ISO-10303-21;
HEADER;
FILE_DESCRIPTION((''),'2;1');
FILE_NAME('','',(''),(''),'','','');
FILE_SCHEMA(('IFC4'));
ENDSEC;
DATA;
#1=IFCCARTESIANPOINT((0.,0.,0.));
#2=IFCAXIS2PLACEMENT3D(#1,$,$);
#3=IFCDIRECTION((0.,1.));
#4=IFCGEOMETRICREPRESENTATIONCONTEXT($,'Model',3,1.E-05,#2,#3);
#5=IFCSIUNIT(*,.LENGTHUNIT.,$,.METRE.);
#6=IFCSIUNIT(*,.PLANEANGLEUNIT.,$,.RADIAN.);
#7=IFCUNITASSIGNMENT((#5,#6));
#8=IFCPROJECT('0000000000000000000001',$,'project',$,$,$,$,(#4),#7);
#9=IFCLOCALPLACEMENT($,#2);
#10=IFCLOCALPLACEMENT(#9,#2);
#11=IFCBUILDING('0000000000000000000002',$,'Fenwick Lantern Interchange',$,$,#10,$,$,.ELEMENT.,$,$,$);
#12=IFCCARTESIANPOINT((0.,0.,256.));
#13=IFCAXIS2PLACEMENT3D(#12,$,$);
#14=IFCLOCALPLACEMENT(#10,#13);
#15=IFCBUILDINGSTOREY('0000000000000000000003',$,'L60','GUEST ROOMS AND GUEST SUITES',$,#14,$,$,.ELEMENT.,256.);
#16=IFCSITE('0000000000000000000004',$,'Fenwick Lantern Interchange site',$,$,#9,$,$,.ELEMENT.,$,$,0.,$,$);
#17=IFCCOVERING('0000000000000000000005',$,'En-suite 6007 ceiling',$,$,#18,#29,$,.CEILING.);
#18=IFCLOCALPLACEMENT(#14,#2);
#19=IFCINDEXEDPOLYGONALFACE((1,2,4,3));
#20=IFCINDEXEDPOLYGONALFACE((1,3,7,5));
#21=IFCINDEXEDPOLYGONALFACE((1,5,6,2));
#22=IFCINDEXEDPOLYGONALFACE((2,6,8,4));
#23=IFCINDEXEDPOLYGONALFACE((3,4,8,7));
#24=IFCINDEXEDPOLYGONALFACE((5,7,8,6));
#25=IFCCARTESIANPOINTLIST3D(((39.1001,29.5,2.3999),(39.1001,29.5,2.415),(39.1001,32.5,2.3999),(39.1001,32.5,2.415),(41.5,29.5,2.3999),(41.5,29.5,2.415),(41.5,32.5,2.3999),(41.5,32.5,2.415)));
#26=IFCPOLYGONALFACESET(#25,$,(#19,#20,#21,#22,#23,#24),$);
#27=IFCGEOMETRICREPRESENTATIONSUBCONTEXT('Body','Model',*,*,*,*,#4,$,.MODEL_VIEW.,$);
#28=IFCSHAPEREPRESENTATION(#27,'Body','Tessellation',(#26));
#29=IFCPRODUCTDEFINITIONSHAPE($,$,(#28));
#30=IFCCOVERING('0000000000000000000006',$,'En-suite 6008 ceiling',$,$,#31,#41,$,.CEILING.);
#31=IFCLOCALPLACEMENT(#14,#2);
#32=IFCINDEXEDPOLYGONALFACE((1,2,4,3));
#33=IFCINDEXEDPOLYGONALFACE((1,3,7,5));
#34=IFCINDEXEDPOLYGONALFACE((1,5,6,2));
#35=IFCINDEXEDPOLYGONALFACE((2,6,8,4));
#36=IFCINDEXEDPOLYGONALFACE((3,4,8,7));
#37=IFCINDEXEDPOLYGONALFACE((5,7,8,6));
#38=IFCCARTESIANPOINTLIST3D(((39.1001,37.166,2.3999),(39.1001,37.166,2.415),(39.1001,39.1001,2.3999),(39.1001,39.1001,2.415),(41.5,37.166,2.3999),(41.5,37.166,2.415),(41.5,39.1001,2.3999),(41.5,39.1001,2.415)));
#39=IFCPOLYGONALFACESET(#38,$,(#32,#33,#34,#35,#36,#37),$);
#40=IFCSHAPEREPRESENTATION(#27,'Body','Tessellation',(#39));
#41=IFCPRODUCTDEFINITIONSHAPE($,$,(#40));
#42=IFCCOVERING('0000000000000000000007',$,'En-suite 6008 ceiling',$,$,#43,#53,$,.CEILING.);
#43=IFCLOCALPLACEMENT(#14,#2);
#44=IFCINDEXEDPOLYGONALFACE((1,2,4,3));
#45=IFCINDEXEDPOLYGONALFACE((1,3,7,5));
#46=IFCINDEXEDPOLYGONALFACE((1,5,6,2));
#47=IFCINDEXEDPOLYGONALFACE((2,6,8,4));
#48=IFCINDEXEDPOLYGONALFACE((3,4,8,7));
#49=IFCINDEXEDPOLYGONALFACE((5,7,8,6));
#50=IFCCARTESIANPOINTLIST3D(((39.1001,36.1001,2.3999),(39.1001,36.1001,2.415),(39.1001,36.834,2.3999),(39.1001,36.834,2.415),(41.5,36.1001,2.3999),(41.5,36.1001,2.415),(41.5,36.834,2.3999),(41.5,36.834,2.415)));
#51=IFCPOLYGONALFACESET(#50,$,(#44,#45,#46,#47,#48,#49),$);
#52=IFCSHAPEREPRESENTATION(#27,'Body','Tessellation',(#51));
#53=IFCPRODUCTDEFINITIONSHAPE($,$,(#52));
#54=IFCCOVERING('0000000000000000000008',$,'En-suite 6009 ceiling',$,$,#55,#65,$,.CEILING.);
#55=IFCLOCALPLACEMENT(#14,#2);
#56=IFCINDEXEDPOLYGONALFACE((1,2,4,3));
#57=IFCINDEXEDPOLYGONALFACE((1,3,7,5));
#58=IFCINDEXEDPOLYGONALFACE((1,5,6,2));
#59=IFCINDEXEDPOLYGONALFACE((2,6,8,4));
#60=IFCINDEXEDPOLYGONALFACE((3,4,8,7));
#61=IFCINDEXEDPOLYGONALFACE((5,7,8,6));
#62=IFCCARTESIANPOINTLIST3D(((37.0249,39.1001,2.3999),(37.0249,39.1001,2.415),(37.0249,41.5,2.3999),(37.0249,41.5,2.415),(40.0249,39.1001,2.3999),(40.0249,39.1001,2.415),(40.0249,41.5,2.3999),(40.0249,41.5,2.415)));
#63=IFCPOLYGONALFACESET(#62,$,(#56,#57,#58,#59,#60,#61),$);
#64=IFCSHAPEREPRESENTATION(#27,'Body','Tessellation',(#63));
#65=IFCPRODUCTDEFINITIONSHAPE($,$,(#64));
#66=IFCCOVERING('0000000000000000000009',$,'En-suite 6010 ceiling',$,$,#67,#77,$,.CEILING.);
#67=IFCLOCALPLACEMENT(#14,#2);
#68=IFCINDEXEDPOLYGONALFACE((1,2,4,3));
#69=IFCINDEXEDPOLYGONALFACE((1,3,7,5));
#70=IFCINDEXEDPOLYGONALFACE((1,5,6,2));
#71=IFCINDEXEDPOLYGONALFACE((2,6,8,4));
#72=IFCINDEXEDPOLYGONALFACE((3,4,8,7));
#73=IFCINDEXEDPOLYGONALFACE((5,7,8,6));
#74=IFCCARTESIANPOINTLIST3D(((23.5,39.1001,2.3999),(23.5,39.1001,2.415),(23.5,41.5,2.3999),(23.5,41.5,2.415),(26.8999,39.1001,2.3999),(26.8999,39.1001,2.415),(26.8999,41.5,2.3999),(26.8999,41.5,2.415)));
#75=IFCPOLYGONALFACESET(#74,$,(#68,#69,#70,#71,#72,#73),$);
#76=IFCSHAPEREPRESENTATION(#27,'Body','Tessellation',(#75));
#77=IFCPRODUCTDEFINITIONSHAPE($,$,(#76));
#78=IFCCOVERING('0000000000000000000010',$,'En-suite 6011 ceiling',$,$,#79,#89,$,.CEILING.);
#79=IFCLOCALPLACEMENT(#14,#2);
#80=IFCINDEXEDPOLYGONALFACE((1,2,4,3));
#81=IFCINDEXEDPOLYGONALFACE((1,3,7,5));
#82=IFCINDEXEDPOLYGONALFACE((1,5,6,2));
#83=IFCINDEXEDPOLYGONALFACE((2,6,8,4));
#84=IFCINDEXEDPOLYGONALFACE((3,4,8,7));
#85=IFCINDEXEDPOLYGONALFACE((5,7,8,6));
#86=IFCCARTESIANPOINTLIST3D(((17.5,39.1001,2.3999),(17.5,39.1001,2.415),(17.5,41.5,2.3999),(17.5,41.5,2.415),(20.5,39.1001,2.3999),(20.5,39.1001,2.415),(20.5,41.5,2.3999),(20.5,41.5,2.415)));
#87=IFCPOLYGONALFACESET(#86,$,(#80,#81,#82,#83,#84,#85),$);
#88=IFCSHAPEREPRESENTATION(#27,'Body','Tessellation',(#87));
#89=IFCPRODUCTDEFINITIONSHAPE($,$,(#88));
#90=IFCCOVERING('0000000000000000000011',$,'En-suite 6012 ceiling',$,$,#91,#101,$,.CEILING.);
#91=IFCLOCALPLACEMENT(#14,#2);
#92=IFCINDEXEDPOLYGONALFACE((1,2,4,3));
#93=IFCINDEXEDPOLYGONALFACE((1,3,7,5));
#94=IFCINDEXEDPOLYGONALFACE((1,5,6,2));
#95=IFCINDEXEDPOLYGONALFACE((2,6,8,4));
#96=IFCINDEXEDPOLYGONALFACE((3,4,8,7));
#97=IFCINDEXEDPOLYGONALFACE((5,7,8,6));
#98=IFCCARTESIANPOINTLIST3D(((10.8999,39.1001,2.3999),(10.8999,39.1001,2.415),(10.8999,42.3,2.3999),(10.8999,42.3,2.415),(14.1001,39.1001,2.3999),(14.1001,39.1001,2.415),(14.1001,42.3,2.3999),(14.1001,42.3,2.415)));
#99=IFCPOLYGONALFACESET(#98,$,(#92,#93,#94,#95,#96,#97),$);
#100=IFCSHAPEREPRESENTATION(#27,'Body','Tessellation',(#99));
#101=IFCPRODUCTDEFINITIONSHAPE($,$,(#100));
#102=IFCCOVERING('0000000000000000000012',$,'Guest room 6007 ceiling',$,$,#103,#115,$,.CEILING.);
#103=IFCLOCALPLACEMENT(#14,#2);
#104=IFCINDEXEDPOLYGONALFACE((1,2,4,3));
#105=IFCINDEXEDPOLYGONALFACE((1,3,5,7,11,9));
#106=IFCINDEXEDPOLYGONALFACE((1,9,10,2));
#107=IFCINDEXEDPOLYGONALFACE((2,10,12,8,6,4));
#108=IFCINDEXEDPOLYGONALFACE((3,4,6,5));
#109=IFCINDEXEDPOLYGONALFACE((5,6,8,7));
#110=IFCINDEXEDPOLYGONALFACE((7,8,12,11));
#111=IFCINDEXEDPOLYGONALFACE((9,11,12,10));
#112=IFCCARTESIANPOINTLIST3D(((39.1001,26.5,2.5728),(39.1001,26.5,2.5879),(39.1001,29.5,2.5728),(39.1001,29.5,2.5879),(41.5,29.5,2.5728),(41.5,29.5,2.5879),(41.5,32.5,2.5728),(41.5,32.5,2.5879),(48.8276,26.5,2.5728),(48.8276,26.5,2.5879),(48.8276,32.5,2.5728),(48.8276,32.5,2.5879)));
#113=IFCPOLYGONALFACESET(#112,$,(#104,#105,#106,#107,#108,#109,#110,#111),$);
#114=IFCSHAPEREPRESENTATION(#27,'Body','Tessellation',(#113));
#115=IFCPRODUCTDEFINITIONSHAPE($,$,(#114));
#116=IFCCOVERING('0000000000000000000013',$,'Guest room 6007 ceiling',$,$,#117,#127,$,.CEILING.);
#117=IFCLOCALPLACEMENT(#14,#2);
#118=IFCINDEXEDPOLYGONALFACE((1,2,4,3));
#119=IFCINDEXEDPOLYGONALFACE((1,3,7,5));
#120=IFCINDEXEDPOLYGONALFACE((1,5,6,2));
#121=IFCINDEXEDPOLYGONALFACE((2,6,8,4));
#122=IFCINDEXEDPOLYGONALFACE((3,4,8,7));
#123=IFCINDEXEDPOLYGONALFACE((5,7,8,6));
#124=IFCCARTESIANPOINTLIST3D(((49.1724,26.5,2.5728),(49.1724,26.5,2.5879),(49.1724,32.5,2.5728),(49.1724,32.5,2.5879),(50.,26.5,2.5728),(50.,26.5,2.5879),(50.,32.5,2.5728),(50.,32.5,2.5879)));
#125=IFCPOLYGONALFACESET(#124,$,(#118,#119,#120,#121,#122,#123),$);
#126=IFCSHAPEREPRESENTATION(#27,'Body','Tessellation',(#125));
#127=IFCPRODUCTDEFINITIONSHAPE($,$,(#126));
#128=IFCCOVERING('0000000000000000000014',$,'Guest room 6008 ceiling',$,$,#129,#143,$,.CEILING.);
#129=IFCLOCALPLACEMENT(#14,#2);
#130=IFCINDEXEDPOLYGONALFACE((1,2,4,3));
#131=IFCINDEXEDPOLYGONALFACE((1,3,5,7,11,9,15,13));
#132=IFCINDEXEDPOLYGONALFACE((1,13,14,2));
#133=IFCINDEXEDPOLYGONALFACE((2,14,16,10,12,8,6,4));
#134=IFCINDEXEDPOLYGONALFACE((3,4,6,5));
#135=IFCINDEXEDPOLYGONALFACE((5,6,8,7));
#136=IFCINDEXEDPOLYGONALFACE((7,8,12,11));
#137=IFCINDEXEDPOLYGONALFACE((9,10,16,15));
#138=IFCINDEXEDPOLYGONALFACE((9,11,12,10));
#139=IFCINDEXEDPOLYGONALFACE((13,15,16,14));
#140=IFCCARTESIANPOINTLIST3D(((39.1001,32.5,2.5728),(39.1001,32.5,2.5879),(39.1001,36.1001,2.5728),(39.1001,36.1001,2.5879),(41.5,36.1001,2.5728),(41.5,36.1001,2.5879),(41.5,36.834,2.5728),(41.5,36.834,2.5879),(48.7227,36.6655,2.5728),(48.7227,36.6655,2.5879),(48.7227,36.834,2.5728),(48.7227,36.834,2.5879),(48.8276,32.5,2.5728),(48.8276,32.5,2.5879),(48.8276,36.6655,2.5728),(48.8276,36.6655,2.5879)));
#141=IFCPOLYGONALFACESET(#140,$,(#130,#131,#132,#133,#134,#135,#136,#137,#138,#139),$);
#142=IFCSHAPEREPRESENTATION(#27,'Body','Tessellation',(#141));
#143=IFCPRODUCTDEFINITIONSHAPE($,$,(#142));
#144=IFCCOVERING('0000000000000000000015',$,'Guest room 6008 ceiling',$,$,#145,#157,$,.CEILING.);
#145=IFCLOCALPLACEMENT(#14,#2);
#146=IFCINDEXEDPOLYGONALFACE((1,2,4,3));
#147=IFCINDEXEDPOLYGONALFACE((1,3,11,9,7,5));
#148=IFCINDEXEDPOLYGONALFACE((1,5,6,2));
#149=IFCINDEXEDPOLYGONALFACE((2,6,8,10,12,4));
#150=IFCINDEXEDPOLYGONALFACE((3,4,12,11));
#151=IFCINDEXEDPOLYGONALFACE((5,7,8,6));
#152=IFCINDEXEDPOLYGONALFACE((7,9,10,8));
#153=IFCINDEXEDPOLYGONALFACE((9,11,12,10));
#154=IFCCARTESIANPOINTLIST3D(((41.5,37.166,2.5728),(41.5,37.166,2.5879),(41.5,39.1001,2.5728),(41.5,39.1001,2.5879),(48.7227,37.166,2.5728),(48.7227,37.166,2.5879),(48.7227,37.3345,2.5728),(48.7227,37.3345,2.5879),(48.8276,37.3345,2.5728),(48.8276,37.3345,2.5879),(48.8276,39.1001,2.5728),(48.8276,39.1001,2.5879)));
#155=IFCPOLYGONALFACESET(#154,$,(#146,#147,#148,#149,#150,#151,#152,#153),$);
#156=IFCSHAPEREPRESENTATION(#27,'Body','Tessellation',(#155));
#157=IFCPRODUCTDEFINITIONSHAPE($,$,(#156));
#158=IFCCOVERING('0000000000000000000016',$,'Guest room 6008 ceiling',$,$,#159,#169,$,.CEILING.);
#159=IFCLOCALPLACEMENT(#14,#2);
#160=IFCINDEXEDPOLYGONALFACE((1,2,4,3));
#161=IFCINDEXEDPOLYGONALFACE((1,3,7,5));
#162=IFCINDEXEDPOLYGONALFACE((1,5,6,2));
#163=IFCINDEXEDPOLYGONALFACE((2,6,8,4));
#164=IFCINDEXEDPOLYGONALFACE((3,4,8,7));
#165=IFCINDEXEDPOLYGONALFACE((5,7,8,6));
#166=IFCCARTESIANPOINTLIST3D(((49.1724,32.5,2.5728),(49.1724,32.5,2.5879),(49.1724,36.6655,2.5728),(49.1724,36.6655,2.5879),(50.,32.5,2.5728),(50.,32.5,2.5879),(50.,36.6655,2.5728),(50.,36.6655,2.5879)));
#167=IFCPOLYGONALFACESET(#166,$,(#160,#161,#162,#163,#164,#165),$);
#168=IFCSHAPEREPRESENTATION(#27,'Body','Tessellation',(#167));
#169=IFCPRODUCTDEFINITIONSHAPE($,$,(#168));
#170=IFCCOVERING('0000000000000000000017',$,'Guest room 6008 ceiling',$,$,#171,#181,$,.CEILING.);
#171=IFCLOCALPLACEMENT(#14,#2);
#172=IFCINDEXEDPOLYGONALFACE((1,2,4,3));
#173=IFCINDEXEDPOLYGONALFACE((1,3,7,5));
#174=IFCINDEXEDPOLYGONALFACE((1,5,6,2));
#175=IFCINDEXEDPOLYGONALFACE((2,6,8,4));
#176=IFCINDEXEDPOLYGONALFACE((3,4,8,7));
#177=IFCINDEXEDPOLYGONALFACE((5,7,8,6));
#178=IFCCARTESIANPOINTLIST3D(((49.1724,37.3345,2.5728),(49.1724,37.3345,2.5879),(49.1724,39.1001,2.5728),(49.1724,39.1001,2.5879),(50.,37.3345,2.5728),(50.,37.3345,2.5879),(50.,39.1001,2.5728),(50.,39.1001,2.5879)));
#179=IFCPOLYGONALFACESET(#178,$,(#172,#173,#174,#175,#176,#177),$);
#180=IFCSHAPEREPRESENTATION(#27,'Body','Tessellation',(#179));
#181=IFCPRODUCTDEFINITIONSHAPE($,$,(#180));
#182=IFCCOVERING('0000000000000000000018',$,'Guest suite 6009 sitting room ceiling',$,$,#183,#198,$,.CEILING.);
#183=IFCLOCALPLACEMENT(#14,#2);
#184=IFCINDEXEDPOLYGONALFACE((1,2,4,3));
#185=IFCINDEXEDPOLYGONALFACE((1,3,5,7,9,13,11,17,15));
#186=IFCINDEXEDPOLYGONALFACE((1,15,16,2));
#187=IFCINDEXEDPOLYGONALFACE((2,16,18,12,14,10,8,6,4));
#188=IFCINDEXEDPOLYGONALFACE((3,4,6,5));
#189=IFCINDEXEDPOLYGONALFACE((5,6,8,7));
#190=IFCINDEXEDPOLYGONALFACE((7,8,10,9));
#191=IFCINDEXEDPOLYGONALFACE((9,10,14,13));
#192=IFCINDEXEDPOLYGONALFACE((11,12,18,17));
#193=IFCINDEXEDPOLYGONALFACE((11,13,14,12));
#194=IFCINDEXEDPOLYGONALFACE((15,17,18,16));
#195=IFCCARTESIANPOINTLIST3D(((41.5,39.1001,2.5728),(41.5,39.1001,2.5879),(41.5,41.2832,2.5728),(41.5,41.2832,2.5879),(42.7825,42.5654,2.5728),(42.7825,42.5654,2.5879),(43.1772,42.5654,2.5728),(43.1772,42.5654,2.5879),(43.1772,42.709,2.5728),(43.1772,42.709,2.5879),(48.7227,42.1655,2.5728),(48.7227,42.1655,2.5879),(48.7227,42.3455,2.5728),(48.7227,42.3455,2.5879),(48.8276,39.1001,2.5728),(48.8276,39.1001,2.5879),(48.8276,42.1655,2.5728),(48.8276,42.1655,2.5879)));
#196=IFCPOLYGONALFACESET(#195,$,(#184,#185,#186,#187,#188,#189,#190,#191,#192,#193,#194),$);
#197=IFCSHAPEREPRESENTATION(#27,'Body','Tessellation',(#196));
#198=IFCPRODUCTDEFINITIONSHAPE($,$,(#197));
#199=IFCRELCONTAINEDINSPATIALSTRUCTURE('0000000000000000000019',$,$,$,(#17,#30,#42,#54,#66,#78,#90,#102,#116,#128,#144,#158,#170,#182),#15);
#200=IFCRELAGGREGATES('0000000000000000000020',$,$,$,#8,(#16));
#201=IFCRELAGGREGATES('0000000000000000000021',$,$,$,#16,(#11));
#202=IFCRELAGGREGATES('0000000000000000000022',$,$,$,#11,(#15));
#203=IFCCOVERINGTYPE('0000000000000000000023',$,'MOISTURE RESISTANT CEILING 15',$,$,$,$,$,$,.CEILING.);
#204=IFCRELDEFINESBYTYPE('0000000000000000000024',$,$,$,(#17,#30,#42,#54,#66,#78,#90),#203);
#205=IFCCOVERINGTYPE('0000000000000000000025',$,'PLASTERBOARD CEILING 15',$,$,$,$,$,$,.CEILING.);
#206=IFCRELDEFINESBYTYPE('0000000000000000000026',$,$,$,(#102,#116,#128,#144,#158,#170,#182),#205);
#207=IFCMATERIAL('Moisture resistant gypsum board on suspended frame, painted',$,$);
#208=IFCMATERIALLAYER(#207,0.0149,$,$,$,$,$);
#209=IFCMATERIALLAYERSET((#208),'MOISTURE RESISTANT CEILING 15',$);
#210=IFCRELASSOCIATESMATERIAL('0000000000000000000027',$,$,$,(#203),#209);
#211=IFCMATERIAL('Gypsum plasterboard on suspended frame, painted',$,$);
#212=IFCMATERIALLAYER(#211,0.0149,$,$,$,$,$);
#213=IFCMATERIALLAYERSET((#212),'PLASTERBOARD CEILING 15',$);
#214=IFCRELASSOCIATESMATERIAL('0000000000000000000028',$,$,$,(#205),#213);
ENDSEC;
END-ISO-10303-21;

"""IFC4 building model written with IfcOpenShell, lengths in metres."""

from ifc_helpers import new_model, si_unit, direction, frame, origin, place, context, subcontext, project, spatial, polyline, outline, extrude, material, layer, layer_set, type_object, element, save


model = new_model("IFC4")

# Units and contexts
model_context = context("Model", 3, precision=1e-05, world=origin(), true_north=direction((0.0, 1.0)))
body_context = subcontext(model_context, "Body", "Model", "MODEL_VIEW")
ifc_project = project(units=[si_unit("LENGTHUNIT", "METRE"), si_unit("PLANEANGLEUNIT", "RADIAN")], contexts=[model_context])

# Site, building, storey
site_placement = place(None, origin())
site = spatial("IfcSite", under=ifc_project, at=site_placement, Name="Fenwick Lantern Interchange site", CompositionType="ELEMENT", RefElevation=0.0)
building_placement = place(site_placement, origin())
building = spatial("IfcBuilding", under=site, at=building_placement, Name="Fenwick Lantern Interchange", CompositionType="ELEMENT")
storey_placement = place(building_placement, frame((0.0, 0.0, 256.0)))
storey = spatial("IfcBuildingStorey", under=building, at=storey_placement, Name="L60", Description="GUEST ROOMS AND GUEST SUITES", CompositionType="ELEMENT", Elevation=256.0)

# Coverings
ifc_material_1 = material(Name="Moisture resistant gypsum board on suspended frame, painted")
ifc_layer_1 = layer(ifc_material_1, 0.0149)
ifc_layer_set_1 = layer_set([ifc_layer_1], Name="MOISTURE RESISTANT CEILING 15")
covering_type_1 = type_object("IfcCoveringType", Name="MOISTURE RESISTANT CEILING 15", PredefinedType="CEILING", material=ifc_layer_set_1)
covering_1_placement = place(storey_placement, frame((0.0, 0.0, 2.3999)))
element("IfcCovering", 1, at=covering_1_placement, inside=storey, type_object=covering_type_1, Name="En-suite 6007 ceiling", PredefinedType="CEILING", context=body_context, shape_type="SweptSolid", body=[
    extrude(outline(polyline([(41.5, 29.5), (41.5, 32.5), (39.1001, 32.5), (39.1001, 29.5), (41.5, 29.5)])), origin(), (0.0, 0.0, 1.0), 0.0151),
])
covering_2_placement = place(storey_placement, frame((0.0, 0.0, 2.3999)))
element("IfcCovering", 2, at=covering_2_placement, inside=storey, type_object=covering_type_1, Name="En-suite 6008 ceiling", PredefinedType="CEILING", context=body_context, shape_type="SweptSolid", body=[
    extrude(outline(polyline([(39.1001, 39.1001), (39.1001, 37.166), (41.5, 37.166), (41.5, 39.1001), (39.1001, 39.1001)])), origin(), (0.0, 0.0, 1.0), 0.0151),
])
covering_3_placement = place(storey_placement, frame((0.0, 0.0, 2.3999)))
element("IfcCovering", 3, at=covering_3_placement, inside=storey, type_object=covering_type_1, Name="En-suite 6008 ceiling", PredefinedType="CEILING", context=body_context, shape_type="SweptSolid", body=[
    extrude(outline(polyline([(41.5, 36.1001), (41.5, 36.834), (39.1001, 36.834), (39.1001, 36.1001), (41.5, 36.1001)])), origin(), (0.0, 0.0, 1.0), 0.0151),
])
covering_4_placement = place(storey_placement, frame((0.0, 0.0, 2.3999)))
element("IfcCovering", 4, at=covering_4_placement, inside=storey, type_object=covering_type_1, Name="En-suite 6009 ceiling", PredefinedType="CEILING", context=body_context, shape_type="SweptSolid", body=[
    extrude(outline(polyline([(40.0249, 41.5), (37.0249, 41.5), (37.0249, 39.1001), (40.0249, 39.1001), (40.0249, 41.5)])), origin(), (0.0, 0.0, 1.0), 0.0151),
])
covering_5_placement = place(storey_placement, frame((0.0, 0.0, 2.3999)))
element("IfcCovering", 5, at=covering_5_placement, inside=storey, type_object=covering_type_1, Name="En-suite 6010 ceiling", PredefinedType="CEILING", context=body_context, shape_type="SweptSolid", body=[
    extrude(outline(polyline([(26.8999, 41.5), (23.5, 41.5), (23.5, 39.1001), (26.8999, 39.1001), (26.8999, 41.5)])), origin(), (0.0, 0.0, 1.0), 0.0151),
])
covering_6_placement = place(storey_placement, frame((0.0, 0.0, 2.3999)))
element("IfcCovering", 6, at=covering_6_placement, inside=storey, type_object=covering_type_1, Name="En-suite 6011 ceiling", PredefinedType="CEILING", context=body_context, shape_type="SweptSolid", body=[
    extrude(outline(polyline([(20.5, 41.5), (17.5, 41.5), (17.5, 39.1001), (20.5, 39.1001), (20.5, 41.5)])), origin(), (0.0, 0.0, 1.0), 0.0151),
])
covering_7_placement = place(storey_placement, frame((0.0, 0.0, 2.3999)))
element("IfcCovering", 7, at=covering_7_placement, inside=storey, type_object=covering_type_1, Name="En-suite 6012 ceiling", PredefinedType="CEILING", context=body_context, shape_type="SweptSolid", body=[
    extrude(outline(polyline([(14.1001, 42.3), (10.8999, 42.3), (10.8999, 39.1001), (14.1001, 39.1001), (14.1001, 42.3)])), origin(), (0.0, 0.0, 1.0), 0.0151),
])
ifc_material_2 = material(Name="Gypsum plasterboard on suspended frame, painted")
ifc_layer_2 = layer(ifc_material_2, 0.0149)
ifc_layer_set_2 = layer_set([ifc_layer_2], Name="PLASTERBOARD CEILING 15")
covering_type_2 = type_object("IfcCoveringType", Name="PLASTERBOARD CEILING 15", PredefinedType="CEILING", material=ifc_layer_set_2)
covering_8_placement = place(storey_placement, frame((0.0, 0.0, 2.5728)))
element("IfcCovering", 8, at=covering_8_placement, inside=storey, type_object=covering_type_2, Name="Guest room 6007 ceiling", PredefinedType="CEILING", context=body_context, shape_type="SweptSolid", body=[
    extrude(outline(polyline([(39.1001, 26.5), (48.8276, 26.5), (48.8276, 32.5), (41.5, 32.5), (41.5, 29.5), (39.1001, 29.5), (39.1001, 26.5)])), origin(), (0.0, 0.0, 1.0), 0.0151),
])
covering_9_placement = place(storey_placement, frame((0.0, 0.0, 2.5728)))
element("IfcCovering", 9, at=covering_9_placement, inside=storey, type_object=covering_type_2, Name="Guest room 6007 ceiling", PredefinedType="CEILING", context=body_context, shape_type="SweptSolid", body=[
    extrude(outline(polyline([(50.0, 26.5), (50.0, 32.5), (49.1724, 32.5), (49.1724, 26.5), (50.0, 26.5)])), origin(), (0.0, 0.0, 1.0), 0.0151),
])
covering_10_placement = place(storey_placement, frame((0.0, 0.0, 2.5728)))
element("IfcCovering", 10, at=covering_10_placement, inside=storey, type_object=covering_type_2, Name="Guest room 6008 ceiling", PredefinedType="CEILING", context=body_context, shape_type="SweptSolid", body=[
    extrude(outline(polyline([(48.7227, 36.6655), (48.7227, 36.834), (41.5, 36.834), (41.5, 36.1001), (39.1001, 36.1001), (39.1001, 32.5), (48.8276, 32.5), (48.8276, 36.6655), (48.7227, 36.6655)])), origin(), (0.0, 0.0, 1.0), 0.0151),
])
covering_11_placement = place(storey_placement, frame((0.0, 0.0, 2.5728)))
element("IfcCovering", 11, at=covering_11_placement, inside=storey, type_object=covering_type_2, Name="Guest room 6008 ceiling", PredefinedType="CEILING", context=body_context, shape_type="SweptSolid", body=[
    extrude(outline(polyline([(48.7227, 37.3345), (48.8276, 37.3345), (48.8276, 39.1001), (41.5, 39.1001), (41.5, 37.166), (48.7227, 37.166), (48.7227, 37.3345)])), origin(), (0.0, 0.0, 1.0), 0.0151),
])
covering_12_placement = place(storey_placement, frame((0.0, 0.0, 2.5728)))
element("IfcCovering", 12, at=covering_12_placement, inside=storey, type_object=covering_type_2, Name="Guest room 6008 ceiling", PredefinedType="CEILING", context=body_context, shape_type="SweptSolid", body=[
    extrude(outline(polyline([(50.0, 36.6655), (49.1724, 36.6655), (49.1724, 32.5), (50.0, 32.5), (50.0, 36.6655)])), origin(), (0.0, 0.0, 1.0), 0.0151),
])
covering_13_placement = place(storey_placement, frame((0.0, 0.0, 2.5728)))
element("IfcCovering", 13, at=covering_13_placement, inside=storey, type_object=covering_type_2, Name="Guest room 6008 ceiling", PredefinedType="CEILING", context=body_context, shape_type="SweptSolid", body=[
    extrude(outline(polyline([(49.1724, 37.3345), (50.0, 37.3345), (50.0, 39.1001), (49.1724, 39.1001), (49.1724, 37.3345)])), origin(), (0.0, 0.0, 1.0), 0.0151),
])
covering_14_placement = place(storey_placement, frame((0.0, 0.0, 2.5728)))
element("IfcCovering", 14, at=covering_14_placement, inside=storey, type_object=covering_type_2, Name="Guest suite 6009 sitting room ceiling", PredefinedType="CEILING", context=body_context, shape_type="SweptSolid", body=[
    extrude(outline(polyline([(48.8276, 42.1655), (48.7227, 42.1655), (48.7227, 42.3455), (43.1772, 42.709), (43.1772, 42.5654), (42.7825, 42.5654), (41.5, 41.2832), (41.5, 39.1001), (48.8276, 39.1001), (48.8276, 42.1655)])), origin(), (0.0, 0.0, 1.0), 0.0151),
])

save(model, "model.ifc")
